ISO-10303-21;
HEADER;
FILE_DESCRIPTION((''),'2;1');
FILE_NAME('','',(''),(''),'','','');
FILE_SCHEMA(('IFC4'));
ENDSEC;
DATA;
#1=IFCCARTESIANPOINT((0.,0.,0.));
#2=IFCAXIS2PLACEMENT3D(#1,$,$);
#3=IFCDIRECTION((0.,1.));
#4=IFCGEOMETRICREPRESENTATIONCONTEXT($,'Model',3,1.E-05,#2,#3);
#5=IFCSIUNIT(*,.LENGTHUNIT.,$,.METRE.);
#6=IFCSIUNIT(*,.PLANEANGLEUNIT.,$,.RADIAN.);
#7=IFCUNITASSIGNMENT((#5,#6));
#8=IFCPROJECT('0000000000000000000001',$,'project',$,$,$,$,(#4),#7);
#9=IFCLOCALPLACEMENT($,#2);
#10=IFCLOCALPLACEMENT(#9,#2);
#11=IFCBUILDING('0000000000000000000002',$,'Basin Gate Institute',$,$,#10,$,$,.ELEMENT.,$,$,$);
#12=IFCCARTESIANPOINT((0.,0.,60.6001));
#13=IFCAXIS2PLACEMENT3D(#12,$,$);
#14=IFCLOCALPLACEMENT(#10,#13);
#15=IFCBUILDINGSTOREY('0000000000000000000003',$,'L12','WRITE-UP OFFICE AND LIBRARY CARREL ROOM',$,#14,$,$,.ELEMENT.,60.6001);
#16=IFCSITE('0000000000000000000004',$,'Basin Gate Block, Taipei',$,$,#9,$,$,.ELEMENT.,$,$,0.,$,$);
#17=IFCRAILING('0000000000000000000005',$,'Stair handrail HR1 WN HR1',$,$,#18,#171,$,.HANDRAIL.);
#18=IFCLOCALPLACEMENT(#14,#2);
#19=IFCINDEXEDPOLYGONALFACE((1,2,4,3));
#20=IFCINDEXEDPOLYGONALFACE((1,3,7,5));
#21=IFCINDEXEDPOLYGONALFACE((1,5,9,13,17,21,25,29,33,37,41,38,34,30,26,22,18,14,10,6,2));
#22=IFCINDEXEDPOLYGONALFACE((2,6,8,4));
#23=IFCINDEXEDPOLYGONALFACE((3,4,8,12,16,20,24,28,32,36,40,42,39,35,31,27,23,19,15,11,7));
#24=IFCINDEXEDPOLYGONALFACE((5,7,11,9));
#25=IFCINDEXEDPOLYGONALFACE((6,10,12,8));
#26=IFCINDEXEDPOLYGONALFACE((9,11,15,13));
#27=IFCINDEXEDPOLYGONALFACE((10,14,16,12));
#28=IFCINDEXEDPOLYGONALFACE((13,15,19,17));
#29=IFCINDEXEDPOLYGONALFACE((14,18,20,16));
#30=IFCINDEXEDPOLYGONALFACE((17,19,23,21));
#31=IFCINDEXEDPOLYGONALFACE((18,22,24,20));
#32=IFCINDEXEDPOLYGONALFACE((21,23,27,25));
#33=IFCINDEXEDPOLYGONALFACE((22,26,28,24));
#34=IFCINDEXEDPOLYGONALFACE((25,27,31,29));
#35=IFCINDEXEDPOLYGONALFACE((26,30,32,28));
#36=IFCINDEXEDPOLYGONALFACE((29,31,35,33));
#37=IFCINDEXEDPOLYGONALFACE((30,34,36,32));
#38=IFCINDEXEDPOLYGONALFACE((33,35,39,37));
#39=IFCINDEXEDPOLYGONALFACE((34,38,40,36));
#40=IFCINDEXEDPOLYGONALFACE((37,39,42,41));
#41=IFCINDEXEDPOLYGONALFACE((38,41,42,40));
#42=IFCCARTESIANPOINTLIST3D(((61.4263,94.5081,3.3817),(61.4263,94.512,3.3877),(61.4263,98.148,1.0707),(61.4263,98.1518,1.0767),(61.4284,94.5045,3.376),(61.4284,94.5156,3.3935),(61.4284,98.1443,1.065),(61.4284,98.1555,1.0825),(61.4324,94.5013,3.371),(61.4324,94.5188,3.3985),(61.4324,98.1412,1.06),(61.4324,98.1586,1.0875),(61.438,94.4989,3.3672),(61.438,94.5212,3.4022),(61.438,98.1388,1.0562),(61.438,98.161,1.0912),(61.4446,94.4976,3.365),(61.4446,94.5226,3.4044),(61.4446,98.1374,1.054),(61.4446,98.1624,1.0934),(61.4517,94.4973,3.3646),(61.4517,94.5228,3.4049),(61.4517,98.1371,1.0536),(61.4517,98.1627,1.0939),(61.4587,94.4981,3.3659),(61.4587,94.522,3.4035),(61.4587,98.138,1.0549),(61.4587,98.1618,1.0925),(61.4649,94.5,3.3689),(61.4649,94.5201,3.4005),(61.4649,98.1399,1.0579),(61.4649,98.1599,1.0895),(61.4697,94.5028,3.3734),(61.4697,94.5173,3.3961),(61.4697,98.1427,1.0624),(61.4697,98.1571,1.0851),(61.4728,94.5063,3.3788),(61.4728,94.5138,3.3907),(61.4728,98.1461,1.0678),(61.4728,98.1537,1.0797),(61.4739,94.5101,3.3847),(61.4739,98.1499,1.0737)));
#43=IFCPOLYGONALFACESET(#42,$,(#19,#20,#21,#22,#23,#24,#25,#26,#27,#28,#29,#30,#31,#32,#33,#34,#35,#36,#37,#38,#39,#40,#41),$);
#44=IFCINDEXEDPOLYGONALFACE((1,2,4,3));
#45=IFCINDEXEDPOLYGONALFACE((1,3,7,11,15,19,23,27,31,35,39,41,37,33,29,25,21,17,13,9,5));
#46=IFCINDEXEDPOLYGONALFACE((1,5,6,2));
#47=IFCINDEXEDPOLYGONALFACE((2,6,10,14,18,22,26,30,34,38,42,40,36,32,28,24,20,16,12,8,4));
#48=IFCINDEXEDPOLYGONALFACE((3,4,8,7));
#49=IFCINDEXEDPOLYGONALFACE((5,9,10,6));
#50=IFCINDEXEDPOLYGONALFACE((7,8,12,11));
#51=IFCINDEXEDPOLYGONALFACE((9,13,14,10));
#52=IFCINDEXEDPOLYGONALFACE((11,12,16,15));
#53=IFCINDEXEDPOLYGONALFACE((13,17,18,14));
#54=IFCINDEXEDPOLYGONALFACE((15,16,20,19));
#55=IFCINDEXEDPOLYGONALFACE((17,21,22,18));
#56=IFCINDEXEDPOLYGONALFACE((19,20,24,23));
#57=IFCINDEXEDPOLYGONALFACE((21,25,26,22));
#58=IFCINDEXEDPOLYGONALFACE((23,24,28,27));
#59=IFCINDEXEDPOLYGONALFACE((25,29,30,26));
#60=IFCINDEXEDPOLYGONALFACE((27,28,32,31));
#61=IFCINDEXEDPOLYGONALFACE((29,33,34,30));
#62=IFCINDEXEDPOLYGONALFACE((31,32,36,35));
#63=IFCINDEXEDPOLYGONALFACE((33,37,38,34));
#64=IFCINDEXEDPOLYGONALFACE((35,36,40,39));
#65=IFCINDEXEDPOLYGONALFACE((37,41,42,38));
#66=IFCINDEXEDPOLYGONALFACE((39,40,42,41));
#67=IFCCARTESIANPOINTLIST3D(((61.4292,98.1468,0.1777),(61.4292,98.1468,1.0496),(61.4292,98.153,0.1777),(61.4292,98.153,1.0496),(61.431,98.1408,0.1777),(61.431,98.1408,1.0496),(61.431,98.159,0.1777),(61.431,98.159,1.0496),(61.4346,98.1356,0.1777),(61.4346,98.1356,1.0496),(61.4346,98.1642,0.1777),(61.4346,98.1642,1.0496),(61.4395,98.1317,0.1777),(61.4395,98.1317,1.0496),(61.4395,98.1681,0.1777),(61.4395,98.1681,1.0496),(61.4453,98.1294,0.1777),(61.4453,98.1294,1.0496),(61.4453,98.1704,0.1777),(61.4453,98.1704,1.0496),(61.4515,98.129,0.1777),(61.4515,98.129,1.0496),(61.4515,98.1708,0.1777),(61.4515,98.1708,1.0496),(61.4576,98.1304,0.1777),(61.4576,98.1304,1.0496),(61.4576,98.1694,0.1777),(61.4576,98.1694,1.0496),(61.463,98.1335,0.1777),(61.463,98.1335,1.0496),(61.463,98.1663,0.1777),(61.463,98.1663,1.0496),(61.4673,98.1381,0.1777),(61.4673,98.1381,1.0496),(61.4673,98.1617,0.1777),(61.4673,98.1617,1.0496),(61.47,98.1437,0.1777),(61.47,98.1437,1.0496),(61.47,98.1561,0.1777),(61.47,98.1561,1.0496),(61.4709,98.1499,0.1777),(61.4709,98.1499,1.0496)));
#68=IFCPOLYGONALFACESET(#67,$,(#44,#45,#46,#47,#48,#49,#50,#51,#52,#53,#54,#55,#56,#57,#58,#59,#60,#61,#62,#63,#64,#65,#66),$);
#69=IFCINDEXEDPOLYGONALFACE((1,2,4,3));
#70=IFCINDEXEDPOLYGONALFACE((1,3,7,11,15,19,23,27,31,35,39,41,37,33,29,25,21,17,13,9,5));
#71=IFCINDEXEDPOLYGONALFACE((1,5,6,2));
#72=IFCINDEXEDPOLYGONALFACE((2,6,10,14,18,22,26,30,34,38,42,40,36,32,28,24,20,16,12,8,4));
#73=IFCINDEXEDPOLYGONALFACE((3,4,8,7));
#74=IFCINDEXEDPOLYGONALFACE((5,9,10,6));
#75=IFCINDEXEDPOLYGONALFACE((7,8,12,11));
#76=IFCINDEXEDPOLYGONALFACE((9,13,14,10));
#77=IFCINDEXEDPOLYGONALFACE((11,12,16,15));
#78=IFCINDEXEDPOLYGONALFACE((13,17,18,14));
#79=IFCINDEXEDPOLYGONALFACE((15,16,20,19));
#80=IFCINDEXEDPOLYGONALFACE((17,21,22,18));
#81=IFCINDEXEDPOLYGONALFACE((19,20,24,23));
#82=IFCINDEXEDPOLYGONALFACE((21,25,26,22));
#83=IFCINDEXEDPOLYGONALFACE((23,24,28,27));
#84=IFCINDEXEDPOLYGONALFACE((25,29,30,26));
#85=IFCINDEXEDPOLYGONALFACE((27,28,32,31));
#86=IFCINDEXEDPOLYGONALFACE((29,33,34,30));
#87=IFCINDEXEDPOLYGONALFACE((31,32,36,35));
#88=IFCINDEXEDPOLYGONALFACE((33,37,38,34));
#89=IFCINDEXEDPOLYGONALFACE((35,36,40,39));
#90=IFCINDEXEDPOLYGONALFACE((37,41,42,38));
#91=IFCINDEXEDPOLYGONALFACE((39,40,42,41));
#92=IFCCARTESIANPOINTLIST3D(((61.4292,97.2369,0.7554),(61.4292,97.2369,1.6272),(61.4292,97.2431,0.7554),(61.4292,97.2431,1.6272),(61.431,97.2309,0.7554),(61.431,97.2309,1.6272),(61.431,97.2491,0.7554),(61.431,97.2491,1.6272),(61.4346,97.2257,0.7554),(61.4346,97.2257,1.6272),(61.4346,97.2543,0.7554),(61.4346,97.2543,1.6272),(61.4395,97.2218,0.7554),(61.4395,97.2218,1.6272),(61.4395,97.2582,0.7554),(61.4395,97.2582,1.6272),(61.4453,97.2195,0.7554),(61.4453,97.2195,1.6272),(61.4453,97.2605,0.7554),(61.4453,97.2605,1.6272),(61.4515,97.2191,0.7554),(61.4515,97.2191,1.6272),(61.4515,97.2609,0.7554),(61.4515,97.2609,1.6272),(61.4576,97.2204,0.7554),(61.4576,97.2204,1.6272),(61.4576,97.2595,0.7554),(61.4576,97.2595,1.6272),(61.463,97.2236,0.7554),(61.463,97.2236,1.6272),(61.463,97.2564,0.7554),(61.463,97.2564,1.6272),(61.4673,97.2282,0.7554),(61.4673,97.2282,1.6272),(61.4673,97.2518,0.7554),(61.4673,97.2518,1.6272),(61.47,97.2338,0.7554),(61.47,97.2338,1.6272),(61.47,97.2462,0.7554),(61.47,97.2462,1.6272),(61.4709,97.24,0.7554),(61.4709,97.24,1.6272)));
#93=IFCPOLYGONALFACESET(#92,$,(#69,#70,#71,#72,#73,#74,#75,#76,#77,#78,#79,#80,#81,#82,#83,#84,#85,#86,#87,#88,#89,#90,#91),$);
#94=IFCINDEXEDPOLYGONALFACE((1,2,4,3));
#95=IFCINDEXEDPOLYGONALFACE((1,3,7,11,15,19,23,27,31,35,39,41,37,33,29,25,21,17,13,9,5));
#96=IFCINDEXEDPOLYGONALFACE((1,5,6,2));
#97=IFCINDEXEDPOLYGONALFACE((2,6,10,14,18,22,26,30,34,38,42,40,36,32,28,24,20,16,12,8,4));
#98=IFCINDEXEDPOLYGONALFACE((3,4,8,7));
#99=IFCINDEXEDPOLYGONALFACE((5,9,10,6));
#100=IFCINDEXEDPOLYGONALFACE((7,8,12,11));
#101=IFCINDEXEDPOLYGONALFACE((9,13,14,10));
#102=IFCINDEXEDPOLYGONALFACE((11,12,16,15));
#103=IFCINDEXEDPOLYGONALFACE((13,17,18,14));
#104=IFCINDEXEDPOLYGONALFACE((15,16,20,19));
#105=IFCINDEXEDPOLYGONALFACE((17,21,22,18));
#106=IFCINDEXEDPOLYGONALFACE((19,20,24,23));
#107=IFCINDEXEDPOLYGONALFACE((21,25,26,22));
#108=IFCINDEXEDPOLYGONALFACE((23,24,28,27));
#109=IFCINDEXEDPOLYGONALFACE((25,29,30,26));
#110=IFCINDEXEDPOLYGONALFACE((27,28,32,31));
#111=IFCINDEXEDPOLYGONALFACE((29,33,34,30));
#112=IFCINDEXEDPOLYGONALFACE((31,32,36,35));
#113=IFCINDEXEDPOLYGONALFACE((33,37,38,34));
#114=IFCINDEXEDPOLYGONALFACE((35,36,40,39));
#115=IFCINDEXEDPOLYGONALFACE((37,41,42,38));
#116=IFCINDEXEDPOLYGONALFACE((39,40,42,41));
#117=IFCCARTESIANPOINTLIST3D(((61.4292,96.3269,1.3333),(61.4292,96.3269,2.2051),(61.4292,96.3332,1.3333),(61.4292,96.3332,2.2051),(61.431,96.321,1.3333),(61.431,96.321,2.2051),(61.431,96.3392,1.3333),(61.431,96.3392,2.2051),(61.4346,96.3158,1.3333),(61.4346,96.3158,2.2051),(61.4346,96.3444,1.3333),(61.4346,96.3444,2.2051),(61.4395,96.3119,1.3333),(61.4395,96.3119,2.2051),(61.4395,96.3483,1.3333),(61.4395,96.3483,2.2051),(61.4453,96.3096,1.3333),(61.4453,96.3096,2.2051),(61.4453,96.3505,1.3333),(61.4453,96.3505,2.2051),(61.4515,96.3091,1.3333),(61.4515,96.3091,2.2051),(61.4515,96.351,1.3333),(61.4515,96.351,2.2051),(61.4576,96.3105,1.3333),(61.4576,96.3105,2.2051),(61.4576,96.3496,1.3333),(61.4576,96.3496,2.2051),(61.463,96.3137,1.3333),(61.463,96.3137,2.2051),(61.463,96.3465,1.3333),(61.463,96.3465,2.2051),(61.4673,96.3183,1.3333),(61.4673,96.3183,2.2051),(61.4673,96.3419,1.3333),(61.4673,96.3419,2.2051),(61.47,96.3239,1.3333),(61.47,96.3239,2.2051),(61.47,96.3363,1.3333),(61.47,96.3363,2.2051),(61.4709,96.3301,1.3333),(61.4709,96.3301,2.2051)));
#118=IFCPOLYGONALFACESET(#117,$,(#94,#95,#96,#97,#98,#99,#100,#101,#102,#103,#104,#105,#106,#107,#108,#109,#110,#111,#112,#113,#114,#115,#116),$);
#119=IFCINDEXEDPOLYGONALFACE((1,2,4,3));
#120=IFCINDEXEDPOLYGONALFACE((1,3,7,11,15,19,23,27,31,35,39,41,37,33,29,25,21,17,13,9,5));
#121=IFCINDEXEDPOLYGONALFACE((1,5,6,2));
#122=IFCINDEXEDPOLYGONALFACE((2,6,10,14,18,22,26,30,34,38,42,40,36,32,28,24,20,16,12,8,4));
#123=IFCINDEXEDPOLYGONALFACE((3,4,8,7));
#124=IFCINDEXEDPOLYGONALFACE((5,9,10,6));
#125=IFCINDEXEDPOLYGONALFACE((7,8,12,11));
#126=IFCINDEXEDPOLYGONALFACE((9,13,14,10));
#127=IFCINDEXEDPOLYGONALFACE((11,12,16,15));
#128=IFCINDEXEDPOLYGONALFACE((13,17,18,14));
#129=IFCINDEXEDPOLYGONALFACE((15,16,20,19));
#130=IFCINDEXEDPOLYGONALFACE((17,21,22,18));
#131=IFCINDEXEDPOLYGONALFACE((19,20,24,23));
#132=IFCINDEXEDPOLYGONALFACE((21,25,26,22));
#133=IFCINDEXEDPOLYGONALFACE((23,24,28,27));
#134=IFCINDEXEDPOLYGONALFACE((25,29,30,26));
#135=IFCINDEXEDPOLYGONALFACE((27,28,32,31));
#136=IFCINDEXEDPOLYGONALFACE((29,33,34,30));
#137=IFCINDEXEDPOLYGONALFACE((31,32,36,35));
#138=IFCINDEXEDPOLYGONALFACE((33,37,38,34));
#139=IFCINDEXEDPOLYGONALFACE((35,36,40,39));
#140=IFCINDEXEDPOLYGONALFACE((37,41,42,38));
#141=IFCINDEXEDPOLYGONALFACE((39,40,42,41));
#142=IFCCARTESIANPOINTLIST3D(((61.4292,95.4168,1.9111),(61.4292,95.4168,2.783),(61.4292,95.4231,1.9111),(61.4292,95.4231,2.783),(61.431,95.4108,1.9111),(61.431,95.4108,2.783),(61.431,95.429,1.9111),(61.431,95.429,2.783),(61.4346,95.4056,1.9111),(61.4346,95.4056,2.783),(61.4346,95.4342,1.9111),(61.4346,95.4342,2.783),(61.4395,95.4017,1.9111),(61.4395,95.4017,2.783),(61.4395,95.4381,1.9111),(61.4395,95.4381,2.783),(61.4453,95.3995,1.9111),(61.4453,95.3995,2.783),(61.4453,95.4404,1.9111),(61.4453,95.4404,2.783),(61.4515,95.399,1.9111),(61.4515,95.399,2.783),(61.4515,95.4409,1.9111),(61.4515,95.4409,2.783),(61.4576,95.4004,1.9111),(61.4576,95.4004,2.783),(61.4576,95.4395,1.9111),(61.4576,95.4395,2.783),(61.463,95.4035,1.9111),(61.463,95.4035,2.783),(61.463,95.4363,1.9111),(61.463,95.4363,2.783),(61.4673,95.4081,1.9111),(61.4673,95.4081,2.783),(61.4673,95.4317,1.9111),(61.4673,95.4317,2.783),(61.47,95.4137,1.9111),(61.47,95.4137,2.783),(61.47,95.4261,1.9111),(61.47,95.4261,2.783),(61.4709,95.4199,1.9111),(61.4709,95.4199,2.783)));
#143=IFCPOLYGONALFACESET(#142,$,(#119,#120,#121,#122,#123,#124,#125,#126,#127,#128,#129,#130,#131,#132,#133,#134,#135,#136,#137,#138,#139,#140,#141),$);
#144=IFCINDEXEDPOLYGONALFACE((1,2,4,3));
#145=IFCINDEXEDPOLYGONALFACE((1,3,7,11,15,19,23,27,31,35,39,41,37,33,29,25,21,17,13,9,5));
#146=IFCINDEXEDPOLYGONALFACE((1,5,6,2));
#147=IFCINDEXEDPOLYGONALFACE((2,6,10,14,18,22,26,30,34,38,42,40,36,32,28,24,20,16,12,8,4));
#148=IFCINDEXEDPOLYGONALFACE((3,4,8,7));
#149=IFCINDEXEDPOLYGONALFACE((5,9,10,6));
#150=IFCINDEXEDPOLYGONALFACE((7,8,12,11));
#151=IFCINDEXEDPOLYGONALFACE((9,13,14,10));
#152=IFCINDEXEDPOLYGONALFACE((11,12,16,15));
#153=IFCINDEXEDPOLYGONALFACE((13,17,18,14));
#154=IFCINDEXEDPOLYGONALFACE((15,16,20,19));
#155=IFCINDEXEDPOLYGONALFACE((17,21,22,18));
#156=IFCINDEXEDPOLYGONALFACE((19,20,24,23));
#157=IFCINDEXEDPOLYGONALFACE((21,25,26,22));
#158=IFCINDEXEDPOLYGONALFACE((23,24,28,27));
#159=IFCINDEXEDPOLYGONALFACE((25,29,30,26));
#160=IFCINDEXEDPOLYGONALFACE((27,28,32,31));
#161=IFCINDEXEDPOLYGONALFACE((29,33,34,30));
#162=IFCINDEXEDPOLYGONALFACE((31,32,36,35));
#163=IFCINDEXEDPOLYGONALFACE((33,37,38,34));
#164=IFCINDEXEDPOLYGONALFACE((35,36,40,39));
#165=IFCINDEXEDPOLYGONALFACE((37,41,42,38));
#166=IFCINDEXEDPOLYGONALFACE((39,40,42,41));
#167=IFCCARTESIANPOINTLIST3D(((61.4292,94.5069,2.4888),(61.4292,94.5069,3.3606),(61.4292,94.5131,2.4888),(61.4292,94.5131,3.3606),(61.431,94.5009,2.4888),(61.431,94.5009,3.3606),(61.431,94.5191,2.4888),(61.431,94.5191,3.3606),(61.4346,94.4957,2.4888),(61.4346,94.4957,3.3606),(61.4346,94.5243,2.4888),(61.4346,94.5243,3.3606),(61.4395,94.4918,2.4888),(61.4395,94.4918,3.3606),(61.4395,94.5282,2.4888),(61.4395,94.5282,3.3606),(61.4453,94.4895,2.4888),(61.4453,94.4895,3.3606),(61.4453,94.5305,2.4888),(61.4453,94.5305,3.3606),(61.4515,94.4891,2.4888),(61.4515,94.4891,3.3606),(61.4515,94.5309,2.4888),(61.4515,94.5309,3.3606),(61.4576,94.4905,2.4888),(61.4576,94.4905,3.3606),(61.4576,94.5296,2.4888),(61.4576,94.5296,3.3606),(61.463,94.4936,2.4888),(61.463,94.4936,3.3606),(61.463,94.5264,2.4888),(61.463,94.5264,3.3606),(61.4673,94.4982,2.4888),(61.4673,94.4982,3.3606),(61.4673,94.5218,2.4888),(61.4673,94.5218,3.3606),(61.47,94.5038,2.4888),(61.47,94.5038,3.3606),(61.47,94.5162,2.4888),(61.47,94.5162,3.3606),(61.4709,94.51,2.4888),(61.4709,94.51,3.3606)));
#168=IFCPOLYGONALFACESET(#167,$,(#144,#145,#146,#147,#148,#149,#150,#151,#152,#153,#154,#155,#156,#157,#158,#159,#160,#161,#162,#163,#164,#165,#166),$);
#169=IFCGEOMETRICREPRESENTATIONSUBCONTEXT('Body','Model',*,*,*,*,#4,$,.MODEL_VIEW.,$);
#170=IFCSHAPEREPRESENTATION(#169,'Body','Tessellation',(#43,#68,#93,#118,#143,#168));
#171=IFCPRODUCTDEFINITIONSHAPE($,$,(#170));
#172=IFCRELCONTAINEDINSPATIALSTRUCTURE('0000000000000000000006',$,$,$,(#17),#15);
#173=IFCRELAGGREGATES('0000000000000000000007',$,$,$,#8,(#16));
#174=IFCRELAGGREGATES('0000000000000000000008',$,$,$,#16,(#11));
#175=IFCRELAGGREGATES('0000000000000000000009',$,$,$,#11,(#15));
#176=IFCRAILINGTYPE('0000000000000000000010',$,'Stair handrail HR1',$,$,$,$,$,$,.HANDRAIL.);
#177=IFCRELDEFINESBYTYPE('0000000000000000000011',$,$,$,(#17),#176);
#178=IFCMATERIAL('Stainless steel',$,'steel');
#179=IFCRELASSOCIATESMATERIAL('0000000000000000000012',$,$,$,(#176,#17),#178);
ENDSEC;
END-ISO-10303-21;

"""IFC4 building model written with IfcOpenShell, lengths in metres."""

from ifc_helpers import new_model, si_unit, direction, frame, origin, origin_2d, place, context, subcontext, project, spatial, circle, extrude, material, type_object, element, save


model = new_model("IFC4")

# Units and contexts
model_context = context("Model", 3, precision=1e-05, world=origin(), true_north=direction((0.0, 1.0)))
body_context = subcontext(model_context, "Body", "Model", "MODEL_VIEW")
ifc_project = project(units=[si_unit("LENGTHUNIT", "METRE"), si_unit("PLANEANGLEUNIT", "RADIAN")], contexts=[model_context])

# Site, building, storey
site_placement = place(None, origin())
site = spatial("IfcSite", under=ifc_project, at=site_placement, Name="Basin Gate Block, Taipei", CompositionType="ELEMENT", RefElevation=0.0)
building_placement = place(site_placement, origin())
building = spatial("IfcBuilding", under=site, at=building_placement, Name="Basin Gate Institute", CompositionType="ELEMENT")
storey_placement = place(building_placement, frame((0.0, 0.0, 60.6001)))
storey = spatial("IfcBuildingStorey", under=building, at=storey_placement, Name="L12", Description="WRITE-UP OFFICE AND LIBRARY CARREL ROOM", CompositionType="ELEMENT", Elevation=60.6001)

# Railing
ifc_material_1 = material(Name="Stainless steel", Category="steel")
railing_type_1 = type_object("IfcRailingType", Name="Stair handrail HR1", PredefinedType="HANDRAIL", material=ifc_material_1)
for number, where, name in (
    (1, (61.45, 98.1499, 0.1777), "Stair handrail HR1 WN HR1"),
):
    element("IfcRailing", number, at=place(storey_placement, frame(where)), inside=storey, type_object=railing_type_1, material=ifc_material_1, Name=name, PredefinedType="HANDRAIL", context=body_context, shape_type="SweptSolid", body=[
        extrude(circle(Radius=0.0239, at=origin_2d()), frame((0.0, 0.0, 0.896), z_axis=(0.0, -0.844214, 0.536007), x_axis=(1.0, 0.0, 0.0)), (0.0, 0.0, 1.0), 4.3115),
        extrude(circle(Radius=0.021, at=origin_2d()), origin(), (0.0, 0.0, 1.0), 0.8718),
        extrude(circle(Radius=0.021, at=origin_2d()), frame((0.0, -0.9099, 0.5776)), (0.0, 0.0, 1.0), 0.8718),
        extrude(circle(Radius=0.021, at=origin_2d()), frame((0.0, -1.8198, 1.1555)), (0.0, 0.0, 1.0), 0.8718),
        extrude(circle(Radius=0.021, at=origin_2d()), frame((0.0, -2.73, 1.7334)), (0.0, 0.0, 1.0), 0.8718),
        extrude(circle(Radius=0.021, at=origin_2d()), frame((0.0, -3.6399, 2.311)), (0.0, 0.0, 1.0), 0.8718),
    ])

save(model, "model.ifc")
